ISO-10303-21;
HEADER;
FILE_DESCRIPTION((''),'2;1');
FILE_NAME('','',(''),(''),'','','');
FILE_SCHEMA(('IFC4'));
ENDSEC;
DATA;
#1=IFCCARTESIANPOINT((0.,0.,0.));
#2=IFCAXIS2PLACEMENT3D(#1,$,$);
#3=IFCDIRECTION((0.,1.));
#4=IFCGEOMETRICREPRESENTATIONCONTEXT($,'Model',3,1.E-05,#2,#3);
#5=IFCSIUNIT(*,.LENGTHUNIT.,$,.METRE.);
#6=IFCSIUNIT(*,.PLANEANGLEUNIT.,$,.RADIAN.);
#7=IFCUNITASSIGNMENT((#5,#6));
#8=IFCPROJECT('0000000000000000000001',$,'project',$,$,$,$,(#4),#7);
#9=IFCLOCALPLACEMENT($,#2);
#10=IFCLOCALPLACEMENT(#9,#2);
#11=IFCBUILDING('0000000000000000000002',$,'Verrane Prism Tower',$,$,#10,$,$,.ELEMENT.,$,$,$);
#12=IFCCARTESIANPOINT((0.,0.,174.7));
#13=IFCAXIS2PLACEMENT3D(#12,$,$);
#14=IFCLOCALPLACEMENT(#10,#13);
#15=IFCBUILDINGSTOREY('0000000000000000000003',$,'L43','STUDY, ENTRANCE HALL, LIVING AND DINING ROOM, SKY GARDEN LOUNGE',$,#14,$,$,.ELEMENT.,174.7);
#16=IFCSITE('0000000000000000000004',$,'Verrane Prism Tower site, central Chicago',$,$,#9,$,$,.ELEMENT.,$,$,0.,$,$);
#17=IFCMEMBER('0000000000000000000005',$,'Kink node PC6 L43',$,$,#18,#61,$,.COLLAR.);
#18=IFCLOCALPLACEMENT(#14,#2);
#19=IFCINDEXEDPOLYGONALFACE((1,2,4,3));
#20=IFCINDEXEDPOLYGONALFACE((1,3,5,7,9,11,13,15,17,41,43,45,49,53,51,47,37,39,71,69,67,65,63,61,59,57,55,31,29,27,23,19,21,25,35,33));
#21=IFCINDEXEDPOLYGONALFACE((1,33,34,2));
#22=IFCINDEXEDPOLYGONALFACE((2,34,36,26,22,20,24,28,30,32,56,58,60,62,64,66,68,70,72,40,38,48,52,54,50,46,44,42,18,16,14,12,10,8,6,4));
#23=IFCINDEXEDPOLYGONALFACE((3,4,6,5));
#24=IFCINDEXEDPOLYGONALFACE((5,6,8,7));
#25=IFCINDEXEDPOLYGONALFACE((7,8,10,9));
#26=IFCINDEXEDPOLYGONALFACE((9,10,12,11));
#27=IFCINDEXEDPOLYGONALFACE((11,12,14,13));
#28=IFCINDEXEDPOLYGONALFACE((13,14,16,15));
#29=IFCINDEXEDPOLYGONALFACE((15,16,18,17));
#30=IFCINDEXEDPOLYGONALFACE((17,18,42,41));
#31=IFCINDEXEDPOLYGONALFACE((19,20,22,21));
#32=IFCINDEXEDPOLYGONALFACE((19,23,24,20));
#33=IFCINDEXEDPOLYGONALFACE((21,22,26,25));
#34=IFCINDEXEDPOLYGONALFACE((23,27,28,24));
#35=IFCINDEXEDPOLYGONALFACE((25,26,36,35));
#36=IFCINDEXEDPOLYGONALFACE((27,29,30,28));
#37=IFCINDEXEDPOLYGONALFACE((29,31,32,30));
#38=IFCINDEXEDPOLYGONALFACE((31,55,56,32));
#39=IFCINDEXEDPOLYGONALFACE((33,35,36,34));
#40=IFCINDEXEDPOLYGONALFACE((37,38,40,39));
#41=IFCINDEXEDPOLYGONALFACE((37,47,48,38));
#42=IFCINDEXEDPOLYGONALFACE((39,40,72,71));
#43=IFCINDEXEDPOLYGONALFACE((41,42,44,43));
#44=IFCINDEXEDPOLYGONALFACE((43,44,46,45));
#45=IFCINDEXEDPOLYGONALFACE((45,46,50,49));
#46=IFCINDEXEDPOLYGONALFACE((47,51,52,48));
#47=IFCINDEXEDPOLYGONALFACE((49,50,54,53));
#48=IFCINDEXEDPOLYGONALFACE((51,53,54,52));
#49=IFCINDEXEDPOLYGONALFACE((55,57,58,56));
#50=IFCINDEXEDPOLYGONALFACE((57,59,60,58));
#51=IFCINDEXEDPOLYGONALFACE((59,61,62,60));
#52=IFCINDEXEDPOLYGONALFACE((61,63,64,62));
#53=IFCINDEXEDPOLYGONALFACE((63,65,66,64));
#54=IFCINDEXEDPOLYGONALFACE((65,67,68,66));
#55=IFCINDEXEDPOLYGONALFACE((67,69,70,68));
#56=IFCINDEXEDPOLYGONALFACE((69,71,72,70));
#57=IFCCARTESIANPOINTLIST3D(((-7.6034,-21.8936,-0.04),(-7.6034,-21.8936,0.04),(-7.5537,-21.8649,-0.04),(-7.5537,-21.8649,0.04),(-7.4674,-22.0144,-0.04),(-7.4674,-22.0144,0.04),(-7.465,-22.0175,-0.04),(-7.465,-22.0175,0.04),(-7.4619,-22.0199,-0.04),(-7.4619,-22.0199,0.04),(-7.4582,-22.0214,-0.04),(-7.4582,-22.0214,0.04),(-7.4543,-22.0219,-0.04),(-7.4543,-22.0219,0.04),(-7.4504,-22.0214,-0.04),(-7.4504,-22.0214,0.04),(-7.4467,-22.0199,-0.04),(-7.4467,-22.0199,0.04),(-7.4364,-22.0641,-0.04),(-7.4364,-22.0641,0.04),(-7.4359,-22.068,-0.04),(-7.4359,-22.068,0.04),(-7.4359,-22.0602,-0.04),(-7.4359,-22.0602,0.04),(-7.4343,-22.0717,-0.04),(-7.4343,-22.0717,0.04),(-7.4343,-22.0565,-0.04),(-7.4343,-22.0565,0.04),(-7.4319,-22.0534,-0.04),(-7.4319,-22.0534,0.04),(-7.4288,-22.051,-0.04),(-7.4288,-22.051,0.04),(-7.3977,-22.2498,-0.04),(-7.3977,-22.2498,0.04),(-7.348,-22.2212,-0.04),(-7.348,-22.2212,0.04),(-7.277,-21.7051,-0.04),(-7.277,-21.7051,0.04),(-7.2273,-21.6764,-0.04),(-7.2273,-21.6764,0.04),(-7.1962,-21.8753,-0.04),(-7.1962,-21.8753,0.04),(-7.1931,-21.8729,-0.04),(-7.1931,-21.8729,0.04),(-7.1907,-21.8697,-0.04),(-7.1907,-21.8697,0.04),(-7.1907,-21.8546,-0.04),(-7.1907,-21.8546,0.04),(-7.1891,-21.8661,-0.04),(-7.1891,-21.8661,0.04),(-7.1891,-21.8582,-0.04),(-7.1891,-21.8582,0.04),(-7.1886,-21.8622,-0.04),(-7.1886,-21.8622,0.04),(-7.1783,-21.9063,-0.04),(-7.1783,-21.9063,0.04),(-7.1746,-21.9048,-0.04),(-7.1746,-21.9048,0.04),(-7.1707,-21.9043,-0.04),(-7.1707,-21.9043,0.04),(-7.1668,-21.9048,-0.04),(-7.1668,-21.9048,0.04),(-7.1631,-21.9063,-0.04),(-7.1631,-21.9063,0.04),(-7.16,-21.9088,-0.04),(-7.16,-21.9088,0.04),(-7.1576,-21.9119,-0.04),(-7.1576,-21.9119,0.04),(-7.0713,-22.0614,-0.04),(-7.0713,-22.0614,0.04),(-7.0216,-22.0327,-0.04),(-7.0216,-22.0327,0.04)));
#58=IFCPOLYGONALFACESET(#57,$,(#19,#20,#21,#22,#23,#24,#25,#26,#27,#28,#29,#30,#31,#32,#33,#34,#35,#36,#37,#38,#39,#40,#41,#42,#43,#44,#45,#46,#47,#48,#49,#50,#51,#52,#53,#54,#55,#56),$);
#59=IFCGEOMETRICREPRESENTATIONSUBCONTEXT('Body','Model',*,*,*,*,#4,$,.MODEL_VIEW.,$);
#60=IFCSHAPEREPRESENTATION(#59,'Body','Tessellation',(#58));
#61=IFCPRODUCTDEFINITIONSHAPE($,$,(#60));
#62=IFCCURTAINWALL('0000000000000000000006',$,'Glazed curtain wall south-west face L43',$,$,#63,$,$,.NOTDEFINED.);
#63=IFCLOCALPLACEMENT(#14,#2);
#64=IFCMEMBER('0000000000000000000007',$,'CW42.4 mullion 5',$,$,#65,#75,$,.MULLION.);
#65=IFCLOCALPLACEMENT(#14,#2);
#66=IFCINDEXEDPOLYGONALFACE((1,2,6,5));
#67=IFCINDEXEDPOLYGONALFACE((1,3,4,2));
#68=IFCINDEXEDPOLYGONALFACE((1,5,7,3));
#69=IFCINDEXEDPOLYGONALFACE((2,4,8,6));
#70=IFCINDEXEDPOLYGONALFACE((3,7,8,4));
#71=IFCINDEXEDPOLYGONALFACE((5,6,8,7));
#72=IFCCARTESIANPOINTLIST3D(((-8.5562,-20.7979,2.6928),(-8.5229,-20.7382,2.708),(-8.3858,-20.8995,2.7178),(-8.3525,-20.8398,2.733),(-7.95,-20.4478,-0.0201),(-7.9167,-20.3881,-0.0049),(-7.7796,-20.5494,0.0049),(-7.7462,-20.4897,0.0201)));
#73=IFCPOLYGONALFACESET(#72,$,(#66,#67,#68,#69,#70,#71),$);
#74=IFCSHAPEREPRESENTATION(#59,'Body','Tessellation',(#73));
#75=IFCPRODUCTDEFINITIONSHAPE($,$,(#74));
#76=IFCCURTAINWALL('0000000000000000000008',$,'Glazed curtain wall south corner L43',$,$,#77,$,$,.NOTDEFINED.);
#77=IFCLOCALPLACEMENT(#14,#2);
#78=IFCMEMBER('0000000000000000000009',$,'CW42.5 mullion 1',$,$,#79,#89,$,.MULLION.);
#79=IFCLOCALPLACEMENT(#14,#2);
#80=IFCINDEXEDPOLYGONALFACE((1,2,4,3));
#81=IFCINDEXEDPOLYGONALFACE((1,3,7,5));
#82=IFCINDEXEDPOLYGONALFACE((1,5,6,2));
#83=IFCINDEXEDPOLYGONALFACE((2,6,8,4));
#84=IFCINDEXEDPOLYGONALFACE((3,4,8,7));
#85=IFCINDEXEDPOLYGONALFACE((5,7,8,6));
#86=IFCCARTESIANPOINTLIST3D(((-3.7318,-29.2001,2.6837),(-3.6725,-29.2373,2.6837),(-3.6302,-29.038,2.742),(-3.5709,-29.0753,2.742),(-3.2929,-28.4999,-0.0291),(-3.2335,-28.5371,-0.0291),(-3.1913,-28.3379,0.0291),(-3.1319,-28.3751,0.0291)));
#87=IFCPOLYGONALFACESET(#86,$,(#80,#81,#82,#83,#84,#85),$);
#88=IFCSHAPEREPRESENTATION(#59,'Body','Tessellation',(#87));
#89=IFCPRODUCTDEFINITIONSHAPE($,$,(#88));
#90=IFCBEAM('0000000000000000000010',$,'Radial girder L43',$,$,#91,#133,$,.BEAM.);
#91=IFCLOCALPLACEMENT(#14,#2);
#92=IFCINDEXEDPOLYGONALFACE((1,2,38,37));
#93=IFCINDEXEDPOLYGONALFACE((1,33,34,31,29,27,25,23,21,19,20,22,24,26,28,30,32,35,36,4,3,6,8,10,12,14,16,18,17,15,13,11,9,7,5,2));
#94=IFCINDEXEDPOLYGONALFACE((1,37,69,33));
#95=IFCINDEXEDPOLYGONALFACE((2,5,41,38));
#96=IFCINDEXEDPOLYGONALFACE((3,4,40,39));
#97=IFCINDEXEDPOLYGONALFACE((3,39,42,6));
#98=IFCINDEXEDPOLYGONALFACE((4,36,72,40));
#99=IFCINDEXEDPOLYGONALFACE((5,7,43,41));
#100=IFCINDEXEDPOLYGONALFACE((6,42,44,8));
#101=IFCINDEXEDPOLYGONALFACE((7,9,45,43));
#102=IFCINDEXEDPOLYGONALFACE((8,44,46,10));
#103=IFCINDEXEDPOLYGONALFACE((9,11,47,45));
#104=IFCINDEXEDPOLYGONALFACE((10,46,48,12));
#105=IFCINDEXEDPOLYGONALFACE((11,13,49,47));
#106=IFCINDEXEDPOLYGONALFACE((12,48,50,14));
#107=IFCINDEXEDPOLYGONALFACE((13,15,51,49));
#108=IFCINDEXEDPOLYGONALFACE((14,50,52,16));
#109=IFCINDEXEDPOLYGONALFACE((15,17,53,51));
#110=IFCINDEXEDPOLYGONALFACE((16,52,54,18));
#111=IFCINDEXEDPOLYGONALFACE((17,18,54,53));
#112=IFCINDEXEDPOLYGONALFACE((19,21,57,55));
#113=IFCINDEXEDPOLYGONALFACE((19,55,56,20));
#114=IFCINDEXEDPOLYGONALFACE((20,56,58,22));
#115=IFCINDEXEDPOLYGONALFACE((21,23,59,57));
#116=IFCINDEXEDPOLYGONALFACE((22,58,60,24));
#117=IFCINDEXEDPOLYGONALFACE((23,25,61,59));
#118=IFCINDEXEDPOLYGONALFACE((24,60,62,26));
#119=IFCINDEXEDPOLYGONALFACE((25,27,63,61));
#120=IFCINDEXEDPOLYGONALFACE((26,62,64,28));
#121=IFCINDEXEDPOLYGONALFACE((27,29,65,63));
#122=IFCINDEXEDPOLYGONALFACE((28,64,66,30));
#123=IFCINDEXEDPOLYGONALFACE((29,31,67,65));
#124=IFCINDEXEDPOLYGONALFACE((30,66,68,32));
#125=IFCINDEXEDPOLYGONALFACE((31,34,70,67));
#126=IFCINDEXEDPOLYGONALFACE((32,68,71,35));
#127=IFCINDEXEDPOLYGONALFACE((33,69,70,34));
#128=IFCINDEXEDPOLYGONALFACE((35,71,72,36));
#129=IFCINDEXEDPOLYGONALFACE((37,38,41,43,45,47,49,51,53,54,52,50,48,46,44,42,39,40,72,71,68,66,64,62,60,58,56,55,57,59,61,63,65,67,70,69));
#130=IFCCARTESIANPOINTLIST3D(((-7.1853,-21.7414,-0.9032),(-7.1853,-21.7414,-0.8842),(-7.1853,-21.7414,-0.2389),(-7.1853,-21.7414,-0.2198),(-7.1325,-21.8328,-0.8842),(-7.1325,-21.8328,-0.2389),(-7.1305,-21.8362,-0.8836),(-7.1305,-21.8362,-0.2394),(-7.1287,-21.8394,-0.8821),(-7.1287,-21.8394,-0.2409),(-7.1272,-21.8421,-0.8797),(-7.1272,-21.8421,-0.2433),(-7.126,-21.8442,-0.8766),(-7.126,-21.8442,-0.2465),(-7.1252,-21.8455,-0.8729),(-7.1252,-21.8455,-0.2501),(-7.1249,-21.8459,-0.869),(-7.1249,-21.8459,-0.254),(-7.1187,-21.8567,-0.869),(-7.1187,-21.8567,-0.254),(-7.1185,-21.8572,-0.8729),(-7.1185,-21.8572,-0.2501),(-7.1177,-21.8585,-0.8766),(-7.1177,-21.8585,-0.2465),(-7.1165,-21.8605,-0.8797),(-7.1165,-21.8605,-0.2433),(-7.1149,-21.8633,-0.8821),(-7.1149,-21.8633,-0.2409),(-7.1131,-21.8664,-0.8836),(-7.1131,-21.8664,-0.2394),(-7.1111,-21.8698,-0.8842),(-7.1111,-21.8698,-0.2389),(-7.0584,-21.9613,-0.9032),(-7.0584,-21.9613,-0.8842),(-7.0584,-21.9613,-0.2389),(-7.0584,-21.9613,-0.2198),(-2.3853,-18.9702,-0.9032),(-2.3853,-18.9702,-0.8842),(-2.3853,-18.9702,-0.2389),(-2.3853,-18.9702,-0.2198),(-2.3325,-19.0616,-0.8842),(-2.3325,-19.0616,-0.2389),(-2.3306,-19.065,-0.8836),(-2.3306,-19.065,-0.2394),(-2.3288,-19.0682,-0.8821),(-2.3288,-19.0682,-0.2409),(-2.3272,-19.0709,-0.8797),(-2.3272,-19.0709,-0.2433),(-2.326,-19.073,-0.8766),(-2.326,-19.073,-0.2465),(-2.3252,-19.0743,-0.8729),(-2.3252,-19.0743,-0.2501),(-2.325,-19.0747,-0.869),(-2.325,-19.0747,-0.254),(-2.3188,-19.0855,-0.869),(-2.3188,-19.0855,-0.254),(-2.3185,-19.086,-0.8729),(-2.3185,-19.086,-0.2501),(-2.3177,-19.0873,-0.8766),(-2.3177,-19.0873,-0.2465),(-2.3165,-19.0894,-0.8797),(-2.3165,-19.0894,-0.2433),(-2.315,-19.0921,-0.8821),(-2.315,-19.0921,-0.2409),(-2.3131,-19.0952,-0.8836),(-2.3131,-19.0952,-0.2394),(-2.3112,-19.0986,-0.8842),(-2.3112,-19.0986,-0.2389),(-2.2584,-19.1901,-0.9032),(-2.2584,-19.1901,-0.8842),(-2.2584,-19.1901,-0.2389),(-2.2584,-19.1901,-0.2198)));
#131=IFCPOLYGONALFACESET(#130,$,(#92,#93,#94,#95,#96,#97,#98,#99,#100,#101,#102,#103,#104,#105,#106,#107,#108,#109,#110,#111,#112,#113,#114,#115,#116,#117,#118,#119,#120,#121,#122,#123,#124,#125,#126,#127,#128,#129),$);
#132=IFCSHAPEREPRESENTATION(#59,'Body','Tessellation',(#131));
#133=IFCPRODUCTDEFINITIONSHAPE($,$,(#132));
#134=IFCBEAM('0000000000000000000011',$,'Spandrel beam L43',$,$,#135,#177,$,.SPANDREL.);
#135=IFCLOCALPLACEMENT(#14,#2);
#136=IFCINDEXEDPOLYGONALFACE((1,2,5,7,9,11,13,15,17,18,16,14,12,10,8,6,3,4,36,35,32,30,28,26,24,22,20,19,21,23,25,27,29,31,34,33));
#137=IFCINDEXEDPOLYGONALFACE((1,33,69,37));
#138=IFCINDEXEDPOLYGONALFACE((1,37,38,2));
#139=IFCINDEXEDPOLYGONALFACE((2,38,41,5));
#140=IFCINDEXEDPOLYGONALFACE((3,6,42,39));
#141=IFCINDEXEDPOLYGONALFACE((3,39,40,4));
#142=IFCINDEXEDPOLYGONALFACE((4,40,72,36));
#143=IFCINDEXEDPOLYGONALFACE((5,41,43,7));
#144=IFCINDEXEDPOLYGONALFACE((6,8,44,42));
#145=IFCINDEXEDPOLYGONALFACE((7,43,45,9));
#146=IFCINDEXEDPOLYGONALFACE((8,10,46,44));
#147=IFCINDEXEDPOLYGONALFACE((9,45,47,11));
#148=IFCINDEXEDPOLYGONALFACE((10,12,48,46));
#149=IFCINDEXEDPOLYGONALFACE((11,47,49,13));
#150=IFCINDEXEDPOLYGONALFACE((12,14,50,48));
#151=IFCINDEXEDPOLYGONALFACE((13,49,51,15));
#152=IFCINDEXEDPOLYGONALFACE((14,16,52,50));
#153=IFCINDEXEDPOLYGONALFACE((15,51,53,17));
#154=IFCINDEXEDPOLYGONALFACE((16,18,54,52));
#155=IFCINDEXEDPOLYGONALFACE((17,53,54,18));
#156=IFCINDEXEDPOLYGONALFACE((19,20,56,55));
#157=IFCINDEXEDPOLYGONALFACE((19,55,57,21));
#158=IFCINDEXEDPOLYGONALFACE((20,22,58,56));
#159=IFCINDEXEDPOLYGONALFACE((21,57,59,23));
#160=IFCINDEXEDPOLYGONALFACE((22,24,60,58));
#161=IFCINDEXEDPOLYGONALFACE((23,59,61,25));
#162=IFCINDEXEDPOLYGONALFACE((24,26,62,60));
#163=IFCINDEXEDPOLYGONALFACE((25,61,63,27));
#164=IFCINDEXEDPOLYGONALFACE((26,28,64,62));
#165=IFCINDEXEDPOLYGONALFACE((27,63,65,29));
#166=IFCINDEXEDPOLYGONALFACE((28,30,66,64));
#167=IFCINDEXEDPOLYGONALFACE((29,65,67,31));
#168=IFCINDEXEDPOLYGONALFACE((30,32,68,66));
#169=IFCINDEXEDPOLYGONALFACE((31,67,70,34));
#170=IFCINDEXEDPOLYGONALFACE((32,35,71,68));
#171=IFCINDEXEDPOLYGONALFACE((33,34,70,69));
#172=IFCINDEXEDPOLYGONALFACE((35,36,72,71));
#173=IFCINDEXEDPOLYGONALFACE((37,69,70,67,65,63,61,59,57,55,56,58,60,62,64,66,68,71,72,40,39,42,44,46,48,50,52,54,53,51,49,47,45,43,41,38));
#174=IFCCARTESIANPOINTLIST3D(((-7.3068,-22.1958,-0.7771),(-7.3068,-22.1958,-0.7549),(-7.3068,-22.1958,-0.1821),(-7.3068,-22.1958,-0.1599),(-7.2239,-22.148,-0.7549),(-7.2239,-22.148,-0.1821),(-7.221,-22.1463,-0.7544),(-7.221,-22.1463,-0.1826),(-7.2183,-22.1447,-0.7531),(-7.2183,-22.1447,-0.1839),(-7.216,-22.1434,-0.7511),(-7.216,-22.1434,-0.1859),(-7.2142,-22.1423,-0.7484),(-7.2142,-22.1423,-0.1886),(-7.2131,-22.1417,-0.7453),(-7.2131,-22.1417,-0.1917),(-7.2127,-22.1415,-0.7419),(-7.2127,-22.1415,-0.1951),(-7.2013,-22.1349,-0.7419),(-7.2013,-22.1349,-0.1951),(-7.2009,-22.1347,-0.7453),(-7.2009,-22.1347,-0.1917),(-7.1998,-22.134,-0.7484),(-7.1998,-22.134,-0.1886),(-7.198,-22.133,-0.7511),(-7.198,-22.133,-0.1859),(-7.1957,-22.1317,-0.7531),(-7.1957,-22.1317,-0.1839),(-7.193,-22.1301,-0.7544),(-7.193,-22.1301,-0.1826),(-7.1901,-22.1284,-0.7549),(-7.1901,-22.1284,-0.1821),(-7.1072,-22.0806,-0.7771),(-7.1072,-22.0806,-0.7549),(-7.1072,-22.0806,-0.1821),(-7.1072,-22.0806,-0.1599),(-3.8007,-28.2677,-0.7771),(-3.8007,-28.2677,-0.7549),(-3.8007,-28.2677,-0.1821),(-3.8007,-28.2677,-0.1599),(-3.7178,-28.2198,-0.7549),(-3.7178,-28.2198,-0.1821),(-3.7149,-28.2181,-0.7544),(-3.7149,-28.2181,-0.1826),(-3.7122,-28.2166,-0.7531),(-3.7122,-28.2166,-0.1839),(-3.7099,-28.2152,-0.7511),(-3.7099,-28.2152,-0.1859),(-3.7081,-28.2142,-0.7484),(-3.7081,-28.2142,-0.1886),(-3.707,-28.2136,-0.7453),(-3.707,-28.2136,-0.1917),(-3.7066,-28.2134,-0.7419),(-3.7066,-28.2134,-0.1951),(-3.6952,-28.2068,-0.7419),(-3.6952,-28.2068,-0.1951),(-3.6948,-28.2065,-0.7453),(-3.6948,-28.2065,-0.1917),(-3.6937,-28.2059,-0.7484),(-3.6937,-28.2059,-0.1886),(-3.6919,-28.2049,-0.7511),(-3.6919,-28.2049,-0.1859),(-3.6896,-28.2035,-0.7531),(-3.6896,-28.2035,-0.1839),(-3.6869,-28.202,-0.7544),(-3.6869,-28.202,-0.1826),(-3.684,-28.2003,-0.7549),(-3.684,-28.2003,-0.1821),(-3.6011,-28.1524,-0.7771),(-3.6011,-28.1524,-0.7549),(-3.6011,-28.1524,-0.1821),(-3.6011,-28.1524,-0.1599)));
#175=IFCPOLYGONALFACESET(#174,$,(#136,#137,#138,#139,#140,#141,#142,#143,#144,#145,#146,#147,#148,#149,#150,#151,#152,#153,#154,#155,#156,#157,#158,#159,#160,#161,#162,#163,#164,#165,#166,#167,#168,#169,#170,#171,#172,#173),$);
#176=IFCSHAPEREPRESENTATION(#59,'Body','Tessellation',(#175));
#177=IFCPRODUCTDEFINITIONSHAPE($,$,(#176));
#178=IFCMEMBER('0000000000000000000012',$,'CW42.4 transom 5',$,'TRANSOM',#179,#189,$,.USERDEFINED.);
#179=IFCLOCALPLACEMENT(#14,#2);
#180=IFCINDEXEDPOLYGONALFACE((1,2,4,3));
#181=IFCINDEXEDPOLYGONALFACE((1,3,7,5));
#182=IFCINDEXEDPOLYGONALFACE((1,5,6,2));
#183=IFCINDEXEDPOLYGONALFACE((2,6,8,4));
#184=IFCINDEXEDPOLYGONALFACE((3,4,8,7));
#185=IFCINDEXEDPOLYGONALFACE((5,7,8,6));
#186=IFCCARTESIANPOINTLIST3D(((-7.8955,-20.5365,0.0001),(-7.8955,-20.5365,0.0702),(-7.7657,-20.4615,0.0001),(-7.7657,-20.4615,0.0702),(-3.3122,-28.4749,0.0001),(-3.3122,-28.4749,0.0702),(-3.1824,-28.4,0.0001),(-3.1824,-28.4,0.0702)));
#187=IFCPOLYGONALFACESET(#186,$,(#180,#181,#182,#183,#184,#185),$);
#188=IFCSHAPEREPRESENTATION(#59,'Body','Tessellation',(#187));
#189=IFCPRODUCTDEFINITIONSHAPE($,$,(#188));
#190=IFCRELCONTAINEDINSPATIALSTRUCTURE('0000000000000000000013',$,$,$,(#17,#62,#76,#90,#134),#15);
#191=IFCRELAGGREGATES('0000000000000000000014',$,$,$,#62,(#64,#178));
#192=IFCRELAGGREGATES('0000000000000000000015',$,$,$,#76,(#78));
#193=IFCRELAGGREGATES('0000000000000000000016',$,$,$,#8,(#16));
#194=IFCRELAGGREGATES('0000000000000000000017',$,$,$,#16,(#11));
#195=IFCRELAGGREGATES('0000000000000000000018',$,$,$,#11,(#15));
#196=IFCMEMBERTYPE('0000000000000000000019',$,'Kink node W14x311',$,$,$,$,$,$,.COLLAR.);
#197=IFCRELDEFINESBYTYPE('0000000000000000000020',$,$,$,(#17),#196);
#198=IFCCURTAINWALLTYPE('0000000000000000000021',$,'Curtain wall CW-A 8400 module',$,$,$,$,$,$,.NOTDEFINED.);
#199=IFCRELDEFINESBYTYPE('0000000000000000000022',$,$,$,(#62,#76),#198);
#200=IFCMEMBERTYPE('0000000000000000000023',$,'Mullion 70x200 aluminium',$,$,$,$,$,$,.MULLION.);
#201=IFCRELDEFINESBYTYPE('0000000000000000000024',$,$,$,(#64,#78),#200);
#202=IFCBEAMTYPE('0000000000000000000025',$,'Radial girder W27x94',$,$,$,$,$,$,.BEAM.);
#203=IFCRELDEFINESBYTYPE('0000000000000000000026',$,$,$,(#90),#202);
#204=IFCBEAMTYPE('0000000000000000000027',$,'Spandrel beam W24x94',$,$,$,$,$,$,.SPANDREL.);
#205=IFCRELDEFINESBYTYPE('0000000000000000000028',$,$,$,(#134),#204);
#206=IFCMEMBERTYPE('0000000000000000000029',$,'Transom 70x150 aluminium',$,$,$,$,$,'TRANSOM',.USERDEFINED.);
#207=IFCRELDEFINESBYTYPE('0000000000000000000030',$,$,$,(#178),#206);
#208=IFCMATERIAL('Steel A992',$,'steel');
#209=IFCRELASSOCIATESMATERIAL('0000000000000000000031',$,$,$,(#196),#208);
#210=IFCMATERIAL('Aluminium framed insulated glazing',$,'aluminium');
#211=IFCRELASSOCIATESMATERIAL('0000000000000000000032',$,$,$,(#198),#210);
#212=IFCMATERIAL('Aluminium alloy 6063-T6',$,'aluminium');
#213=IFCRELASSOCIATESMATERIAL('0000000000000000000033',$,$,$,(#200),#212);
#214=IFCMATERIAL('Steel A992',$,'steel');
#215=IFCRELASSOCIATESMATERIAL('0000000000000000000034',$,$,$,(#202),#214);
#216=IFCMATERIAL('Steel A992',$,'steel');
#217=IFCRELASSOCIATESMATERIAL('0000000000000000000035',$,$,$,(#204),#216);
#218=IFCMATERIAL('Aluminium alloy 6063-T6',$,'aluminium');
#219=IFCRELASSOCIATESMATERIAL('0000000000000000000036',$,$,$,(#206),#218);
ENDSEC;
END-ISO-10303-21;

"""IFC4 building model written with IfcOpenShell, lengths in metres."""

from ifc_helpers import new_model, si_unit, direction, frame, origin, origin_2d, place, context, subcontext, project, spatial, rectangle, i_section, extrude, material, material_profile, profile_set, type_object, element, aggregate, save


model = new_model("IFC4")

# Units and contexts
model_context = context("Model", 3, precision=1e-05, world=origin(), true_north=direction((0.0, 1.0)))
body_context = subcontext(model_context, "Body", "Model", "MODEL_VIEW")
ifc_project = project(units=[si_unit("LENGTHUNIT", "METRE"), si_unit("PLANEANGLEUNIT", "RADIAN")], contexts=[model_context])

# Site, building, storey
site_placement = place(None, origin())
site = spatial("IfcSite", under=ifc_project, at=site_placement, Name="Verrane Prism Tower site, central Chicago", CompositionType="ELEMENT", RefElevation=0.0)
building_placement = place(site_placement, origin())
building = spatial("IfcBuilding", under=site, at=building_placement, Name="Verrane Prism Tower", CompositionType="ELEMENT")
storey_placement = place(building_placement, frame((0.0, 0.0, 174.7)))
storey = spatial("IfcBuildingStorey", under=building, at=storey_placement, Name="L43", Description="STUDY, ENTRANCE HALL, LIVING AND DINING ROOM, SKY GARDEN LOUNGE", CompositionType="ELEMENT", Elevation=174.7)

# Member
ifc_material_1 = material(Name="Steel A992", Category="steel")
ifc_material_profile_1 = material_profile(ifc_material_1, i_section(OverallWidth=0.4114, OverallDepth=0.4343, WebThickness=0.0359, FlangeThickness=0.0574, FilletRadius=0.0151, at=origin_2d()), Name="W14x311")
ifc_profile_set_1 = profile_set([ifc_material_profile_1], Name="Steel A992")
member_type_1 = type_object("IfcMemberType", Name="Kink node W14x311", PredefinedType="COLLAR", material=ifc_profile_set_1)
member_1_placement = place(storey_placement, frame((-7.3125, -21.9631, -0.04), z_axis=(0.0, 0.0, 1.0), x_axis=(-0.5, 0.866025, 0.0)))
element("IfcMember", 1, at=member_1_placement, inside=storey, type_object=member_type_1, Name="Kink node PC6 L43", PredefinedType="COLLAR", context=body_context, shape_type="SweptSolid", body=[
    extrude(i_section(OverallWidth=0.4114, OverallDepth=0.4343, WebThickness=0.0359, FlangeThickness=0.0574, FilletRadius=0.0151, at=origin_2d()), origin(), (0.0, 0.0, 1.0), 0.0801),
])

# Curtain walls, members
ifc_material_2 = material(Name="Aluminium framed insulated glazing", Category="aluminium")
curtain_wall_type = type_object("IfcCurtainWallType", Name="Curtain wall CW-A 8400 module", PredefinedType="NOTDEFINED", material=ifc_material_2)
curtain_wall_1_placement = place(storey_placement, origin())
curtain_wall_1 = element("IfcCurtainWall", 2, at=curtain_wall_1_placement, inside=storey, type_object=curtain_wall_type, Name="Glazed curtain wall south-west face L43", PredefinedType="NOTDEFINED")
ifc_material_3 = material(Name="Aluminium alloy 6063-T6", Category="aluminium")
ifc_material_profile_2 = material_profile(ifc_material_3, rectangle(XDim=0.2, YDim=0.0701, at=origin_2d()), Name="Mullion 70x200 aluminium")
ifc_profile_set_2 = profile_set([ifc_material_profile_2], Name="Aluminium alloy 6063-T6")
member_type_2 = type_object("IfcMemberType", Name="Mullion 70x200 aluminium", PredefinedType="MULLION", material=ifc_profile_set_2)
member_2_placement = place(storey_placement, frame((-7.8481, -20.4688, 0.0), z_axis=(-0.216365, -0.124957, 0.968283), x_axis=(0.852358, -0.507817, 0.124928)))
member_2 = element("IfcMember", 3, at=member_2_placement, type_object=member_type_2, Name="CW42.4 mullion 5", PredefinedType="MULLION", context=body_context, shape_type="SweptSolid", body=[
    extrude(rectangle(XDim=0.2, YDim=0.0701, at=origin_2d()), origin(), (0.0, 0.0, 1.0), 2.8018),
])
curtain_wall_2_placement = place(storey_placement, origin())
curtain_wall_2 = element("IfcCurtainWall", 4, at=curtain_wall_2_placement, inside=storey, type_object=curtain_wall_type, Name="Glazed curtain wall south corner L43", PredefinedType="NOTDEFINED")
member_3_placement = place(storey_placement, frame((-3.2124, -28.4375, 0.0), z_axis=(-0.154785, -0.246898, 0.9566), x_axis=(0.508114, 0.810496, 0.291405)))
member_3 = element("IfcMember", 5, at=member_3_placement, type_object=member_type_2, Name="CW42.5 mullion 1", PredefinedType="MULLION", context=body_context, shape_type="SweptSolid", body=[
    extrude(rectangle(XDim=0.2, YDim=0.0701, at=origin_2d()), origin(), (0.0, 0.0, 1.0), 2.8359),
])

# Beams
ifc_material_4 = material(Name="Steel A992", Category="steel")
ifc_material_profile_3 = material_profile(ifc_material_4, i_section(OverallWidth=0.2539, OverallDepth=0.6833, WebThickness=0.0125, FlangeThickness=0.019, FilletRadius=0.0151, at=origin_2d()), Name="W27x94")
ifc_profile_set_3 = profile_set([ifc_material_profile_3], Name="Steel A992")
beam_type_1 = type_object("IfcBeamType", Name="Radial girder W27x94", PredefinedType="BEAM", material=ifc_profile_set_3)
beam_1_placement = place(storey_placement, frame((-7.1218, -21.8513, -0.5615), z_axis=(0.866031, 0.499991, 0.0), x_axis=(-0.499991, 0.866031, 0.0)))
element("IfcBeam", 6, at=beam_1_placement, inside=storey, type_object=beam_type_1, Name="Radial girder L43", PredefinedType="BEAM", context=body_context, shape_type="SweptSolid", body=[
    extrude(i_section(OverallWidth=0.2539, OverallDepth=0.6833, WebThickness=0.0125, FlangeThickness=0.019, FilletRadius=0.0151, at=origin_2d()), origin(), (0.0, 0.0, 1.0), 5.5425),
])
ifc_material_5 = material(Name="Steel A992", Category="steel")
ifc_material_profile_4 = material_profile(ifc_material_5, i_section(OverallWidth=0.2305, OverallDepth=0.6172, WebThickness=0.0132, FlangeThickness=0.0222, FilletRadius=0.0129, at=origin_2d()), Name="W24x94")
ifc_profile_set_4 = profile_set([ifc_material_profile_4], Name="Steel A992")
beam_type_2 = type_object("IfcBeamType", Name="Spandrel beam W24x94", PredefinedType="SPANDREL", material=ifc_profile_set_4)
beam_2_placement = place(storey_placement, frame((-7.207, -22.1382, -0.4685), z_axis=(0.50006, -0.865991, 0.0), x_axis=(0.865991, 0.50006, 0.0)))
element("IfcBeam", 7, at=beam_2_placement, inside=storey, type_object=beam_type_2, Name="Spandrel beam L43", PredefinedType="SPANDREL", context=body_context, shape_type="SweptSolid", body=[
    extrude(i_section(OverallWidth=0.2305, OverallDepth=0.6172, WebThickness=0.0132, FlangeThickness=0.0222, FilletRadius=0.0129, at=origin_2d()), origin(), (0.0, 0.0, 1.0), 7.0115),
])

# Member
ifc_material_6 = material(Name="Aluminium alloy 6063-T6", Category="aluminium")
ifc_material_profile_5 = material_profile(ifc_material_6, rectangle(XDim=0.1499, YDim=0.0701, at=origin_2d()), Name="Transom 70x150 aluminium")
ifc_profile_set_5 = profile_set([ifc_material_profile_5], Name="Aluminium alloy 6063-T6")
member_type_3 = type_object("IfcMemberType", Name="Transom 70x150 aluminium", ElementType="TRANSOM", PredefinedType="USERDEFINED", material=ifc_profile_set_5)
member_4_placement = place(storey_placement, frame((-7.8306, -20.499, 0.0352), z_axis=(0.499998, -0.866027, 0.0), x_axis=(0.866027, 0.499998, 0.0)))
member_4 = element("IfcMember", 8, at=member_4_placement, type_object=member_type_3, Name="CW42.4 transom 5", ObjectType="TRANSOM", PredefinedType="USERDEFINED", context=body_context, shape_type="SweptSolid", body=[
    extrude(rectangle(XDim=0.1499, YDim=0.0701, at=origin_2d()), origin(), (0.0, 0.0, 1.0), 9.1665),
])

aggregate(curtain_wall_1, [member_2, member_4])
aggregate(curtain_wall_2, [member_3])

save(model, "model.ifc")
